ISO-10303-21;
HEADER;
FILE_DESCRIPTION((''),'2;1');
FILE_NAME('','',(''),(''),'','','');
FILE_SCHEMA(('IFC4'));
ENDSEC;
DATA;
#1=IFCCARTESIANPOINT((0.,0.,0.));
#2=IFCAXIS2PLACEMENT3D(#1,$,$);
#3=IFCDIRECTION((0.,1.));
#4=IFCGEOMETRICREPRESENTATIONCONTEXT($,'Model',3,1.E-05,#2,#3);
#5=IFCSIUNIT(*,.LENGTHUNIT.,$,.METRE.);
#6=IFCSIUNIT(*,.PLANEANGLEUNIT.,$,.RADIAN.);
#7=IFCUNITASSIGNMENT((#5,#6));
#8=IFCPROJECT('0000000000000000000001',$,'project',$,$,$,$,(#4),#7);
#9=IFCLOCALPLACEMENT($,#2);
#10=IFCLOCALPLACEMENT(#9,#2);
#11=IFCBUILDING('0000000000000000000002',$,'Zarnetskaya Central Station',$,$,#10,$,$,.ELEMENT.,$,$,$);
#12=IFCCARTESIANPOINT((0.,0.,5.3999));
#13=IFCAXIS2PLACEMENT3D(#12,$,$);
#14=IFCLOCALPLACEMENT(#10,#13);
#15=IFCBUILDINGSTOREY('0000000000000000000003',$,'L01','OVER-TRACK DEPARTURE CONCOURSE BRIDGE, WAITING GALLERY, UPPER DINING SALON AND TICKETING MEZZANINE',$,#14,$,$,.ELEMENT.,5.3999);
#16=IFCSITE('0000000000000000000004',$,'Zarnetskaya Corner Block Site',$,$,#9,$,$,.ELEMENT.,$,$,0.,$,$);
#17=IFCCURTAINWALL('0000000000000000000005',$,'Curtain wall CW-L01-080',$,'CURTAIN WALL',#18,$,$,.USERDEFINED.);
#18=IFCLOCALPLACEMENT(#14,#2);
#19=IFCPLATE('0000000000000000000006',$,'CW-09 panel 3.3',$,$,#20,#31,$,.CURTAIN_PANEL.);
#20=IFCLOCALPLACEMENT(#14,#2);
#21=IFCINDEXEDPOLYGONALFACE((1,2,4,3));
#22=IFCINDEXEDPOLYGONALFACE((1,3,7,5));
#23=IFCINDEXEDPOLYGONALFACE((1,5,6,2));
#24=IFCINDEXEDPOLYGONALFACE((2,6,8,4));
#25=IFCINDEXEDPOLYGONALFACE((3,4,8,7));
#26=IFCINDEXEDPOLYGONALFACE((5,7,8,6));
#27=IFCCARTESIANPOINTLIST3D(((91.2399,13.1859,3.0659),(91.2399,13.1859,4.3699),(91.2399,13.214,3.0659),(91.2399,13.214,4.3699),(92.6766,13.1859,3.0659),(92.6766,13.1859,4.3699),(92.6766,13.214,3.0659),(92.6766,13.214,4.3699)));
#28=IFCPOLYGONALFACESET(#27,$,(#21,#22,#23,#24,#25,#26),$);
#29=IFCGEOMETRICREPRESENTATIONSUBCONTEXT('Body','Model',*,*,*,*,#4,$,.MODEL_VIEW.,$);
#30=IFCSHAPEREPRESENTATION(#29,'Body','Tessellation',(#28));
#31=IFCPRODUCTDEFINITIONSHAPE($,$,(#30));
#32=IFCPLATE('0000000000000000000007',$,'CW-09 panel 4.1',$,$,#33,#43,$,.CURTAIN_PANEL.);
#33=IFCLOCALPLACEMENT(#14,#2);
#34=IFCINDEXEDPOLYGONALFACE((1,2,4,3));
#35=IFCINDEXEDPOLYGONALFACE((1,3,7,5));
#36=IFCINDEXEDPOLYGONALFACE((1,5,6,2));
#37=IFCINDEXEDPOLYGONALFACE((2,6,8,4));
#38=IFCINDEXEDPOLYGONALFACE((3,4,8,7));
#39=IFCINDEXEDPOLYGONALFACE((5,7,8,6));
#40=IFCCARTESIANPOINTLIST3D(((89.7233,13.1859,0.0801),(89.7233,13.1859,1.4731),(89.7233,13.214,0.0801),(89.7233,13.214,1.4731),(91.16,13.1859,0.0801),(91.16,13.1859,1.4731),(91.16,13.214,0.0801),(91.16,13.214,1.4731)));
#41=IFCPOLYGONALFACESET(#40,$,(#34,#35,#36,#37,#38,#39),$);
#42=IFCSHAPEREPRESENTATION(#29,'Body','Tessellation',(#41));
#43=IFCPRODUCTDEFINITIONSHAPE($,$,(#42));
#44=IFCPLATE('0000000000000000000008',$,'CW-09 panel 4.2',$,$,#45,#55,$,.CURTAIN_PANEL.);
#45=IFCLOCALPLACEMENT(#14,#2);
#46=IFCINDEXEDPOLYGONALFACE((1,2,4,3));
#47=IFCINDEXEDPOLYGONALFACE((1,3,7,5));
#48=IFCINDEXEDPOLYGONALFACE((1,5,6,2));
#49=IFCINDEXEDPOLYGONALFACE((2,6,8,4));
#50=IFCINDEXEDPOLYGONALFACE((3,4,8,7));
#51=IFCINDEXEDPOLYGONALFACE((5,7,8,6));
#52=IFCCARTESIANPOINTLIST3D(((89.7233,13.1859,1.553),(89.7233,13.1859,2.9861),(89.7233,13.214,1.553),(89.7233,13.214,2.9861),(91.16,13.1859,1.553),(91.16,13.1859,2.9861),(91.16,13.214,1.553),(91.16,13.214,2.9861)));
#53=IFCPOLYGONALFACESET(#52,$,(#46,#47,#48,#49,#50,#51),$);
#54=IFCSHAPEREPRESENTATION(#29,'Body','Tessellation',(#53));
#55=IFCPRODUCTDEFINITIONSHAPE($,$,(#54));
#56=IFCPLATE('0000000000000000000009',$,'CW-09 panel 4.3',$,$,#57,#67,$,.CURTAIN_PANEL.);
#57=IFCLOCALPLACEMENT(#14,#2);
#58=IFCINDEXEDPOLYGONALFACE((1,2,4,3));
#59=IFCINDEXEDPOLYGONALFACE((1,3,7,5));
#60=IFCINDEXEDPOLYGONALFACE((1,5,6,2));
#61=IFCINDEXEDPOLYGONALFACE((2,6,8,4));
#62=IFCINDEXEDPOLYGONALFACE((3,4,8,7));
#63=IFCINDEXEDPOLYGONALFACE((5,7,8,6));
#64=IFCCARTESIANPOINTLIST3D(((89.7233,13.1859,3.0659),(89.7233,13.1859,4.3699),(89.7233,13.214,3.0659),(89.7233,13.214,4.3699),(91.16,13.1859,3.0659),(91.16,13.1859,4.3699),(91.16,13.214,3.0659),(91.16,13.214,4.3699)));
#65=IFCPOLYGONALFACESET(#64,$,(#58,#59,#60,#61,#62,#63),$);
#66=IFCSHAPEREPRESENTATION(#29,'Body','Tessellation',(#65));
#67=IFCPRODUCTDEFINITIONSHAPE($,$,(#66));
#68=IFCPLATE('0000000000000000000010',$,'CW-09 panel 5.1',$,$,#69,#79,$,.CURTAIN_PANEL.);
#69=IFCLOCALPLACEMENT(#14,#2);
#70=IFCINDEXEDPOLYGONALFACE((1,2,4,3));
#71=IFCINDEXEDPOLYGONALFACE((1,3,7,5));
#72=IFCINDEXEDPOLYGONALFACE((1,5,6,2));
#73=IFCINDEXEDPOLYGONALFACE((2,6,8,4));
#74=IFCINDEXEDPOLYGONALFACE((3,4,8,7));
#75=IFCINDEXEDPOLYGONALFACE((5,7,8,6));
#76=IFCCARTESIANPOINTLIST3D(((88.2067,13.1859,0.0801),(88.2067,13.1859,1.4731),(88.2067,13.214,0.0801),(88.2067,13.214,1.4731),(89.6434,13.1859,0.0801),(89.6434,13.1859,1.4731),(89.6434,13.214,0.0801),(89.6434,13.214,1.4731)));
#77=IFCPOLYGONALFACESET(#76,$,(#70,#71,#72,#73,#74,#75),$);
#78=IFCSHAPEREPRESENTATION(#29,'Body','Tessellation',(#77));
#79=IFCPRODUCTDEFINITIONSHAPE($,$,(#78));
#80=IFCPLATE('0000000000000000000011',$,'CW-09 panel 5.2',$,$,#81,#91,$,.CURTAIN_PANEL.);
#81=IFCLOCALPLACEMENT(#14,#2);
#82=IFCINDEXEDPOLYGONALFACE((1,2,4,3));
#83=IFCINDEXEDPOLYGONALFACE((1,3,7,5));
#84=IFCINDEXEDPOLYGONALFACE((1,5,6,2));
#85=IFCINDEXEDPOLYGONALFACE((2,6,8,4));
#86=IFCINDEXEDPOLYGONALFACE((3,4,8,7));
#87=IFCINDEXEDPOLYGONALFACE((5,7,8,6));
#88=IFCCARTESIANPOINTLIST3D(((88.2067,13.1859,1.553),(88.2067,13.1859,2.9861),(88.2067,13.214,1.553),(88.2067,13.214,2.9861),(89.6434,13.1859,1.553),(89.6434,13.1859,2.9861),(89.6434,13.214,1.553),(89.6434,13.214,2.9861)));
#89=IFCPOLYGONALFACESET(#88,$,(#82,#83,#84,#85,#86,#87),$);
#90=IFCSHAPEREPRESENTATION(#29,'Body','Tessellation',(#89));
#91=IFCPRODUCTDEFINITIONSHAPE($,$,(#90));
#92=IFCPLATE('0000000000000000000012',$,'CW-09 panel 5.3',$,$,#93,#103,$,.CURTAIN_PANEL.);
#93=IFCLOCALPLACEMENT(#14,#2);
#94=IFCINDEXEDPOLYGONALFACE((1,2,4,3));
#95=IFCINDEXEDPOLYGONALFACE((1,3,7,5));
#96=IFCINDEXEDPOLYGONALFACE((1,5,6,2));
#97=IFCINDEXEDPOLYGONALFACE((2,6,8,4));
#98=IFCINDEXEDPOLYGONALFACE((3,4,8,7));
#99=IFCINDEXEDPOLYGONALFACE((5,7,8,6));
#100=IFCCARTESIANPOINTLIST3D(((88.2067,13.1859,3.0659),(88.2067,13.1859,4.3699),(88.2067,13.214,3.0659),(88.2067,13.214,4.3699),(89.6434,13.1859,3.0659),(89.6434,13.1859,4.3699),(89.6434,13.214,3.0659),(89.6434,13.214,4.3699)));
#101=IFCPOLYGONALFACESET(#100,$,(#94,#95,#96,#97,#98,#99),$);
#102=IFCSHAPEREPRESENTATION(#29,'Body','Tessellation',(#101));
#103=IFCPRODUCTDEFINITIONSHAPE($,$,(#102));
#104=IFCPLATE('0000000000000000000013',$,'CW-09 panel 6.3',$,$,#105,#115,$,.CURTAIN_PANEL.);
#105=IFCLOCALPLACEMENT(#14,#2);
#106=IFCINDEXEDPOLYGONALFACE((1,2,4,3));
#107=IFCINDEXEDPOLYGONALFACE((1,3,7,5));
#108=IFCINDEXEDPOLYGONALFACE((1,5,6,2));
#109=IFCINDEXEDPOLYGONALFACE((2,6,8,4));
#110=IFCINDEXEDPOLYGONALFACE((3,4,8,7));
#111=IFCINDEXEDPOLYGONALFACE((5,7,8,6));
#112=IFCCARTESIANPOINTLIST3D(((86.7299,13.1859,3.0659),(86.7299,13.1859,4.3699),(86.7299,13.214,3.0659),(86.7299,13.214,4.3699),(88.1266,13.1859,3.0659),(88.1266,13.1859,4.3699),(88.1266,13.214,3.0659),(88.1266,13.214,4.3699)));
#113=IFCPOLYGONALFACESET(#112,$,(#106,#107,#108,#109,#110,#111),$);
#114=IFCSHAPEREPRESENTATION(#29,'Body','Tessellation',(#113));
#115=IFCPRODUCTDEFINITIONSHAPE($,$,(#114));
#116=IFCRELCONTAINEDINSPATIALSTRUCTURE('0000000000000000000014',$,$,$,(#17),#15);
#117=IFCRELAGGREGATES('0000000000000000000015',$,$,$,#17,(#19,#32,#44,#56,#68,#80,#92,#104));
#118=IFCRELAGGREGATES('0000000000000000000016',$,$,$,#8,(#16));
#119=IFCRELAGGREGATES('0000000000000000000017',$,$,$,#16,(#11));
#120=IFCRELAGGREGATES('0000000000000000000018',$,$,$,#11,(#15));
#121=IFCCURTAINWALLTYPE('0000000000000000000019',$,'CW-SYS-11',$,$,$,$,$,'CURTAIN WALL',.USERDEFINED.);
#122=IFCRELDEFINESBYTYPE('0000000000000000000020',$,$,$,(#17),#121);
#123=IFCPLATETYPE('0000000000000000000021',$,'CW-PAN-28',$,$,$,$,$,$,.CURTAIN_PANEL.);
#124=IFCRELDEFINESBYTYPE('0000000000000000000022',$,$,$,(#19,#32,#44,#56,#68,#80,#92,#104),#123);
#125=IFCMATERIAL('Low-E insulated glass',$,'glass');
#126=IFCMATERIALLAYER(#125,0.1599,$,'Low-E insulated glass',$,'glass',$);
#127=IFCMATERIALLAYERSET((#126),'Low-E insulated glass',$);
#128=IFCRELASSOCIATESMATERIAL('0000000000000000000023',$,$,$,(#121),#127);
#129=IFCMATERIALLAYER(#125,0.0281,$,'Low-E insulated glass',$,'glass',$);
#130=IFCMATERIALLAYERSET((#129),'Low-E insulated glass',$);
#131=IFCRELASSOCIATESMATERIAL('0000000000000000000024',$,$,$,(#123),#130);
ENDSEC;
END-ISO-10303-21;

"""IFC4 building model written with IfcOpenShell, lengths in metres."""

from ifc_helpers import new_model, si_unit, direction, frame, origin, origin_2d, place, context, subcontext, project, spatial, rectangle, extrude, material, layer, layer_set, type_object, element, aggregate, save


model = new_model("IFC4")

# Units and contexts
model_context = context("Model", 3, precision=1e-05, world=origin(), true_north=direction((0.0, 1.0)))
body_context = subcontext(model_context, "Body", "Model", "MODEL_VIEW")
ifc_project = project(units=[si_unit("LENGTHUNIT", "METRE"), si_unit("PLANEANGLEUNIT", "RADIAN")], contexts=[model_context])

# Site, building, storey
site_placement = place(None, origin())
site = spatial("IfcSite", under=ifc_project, at=site_placement, Name="Zarnetskaya Corner Block Site", CompositionType="ELEMENT", RefElevation=0.0)
building_placement = place(site_placement, origin())
building = spatial("IfcBuilding", under=site, at=building_placement, Name="Zarnetskaya Central Station", CompositionType="ELEMENT")
storey_placement = place(building_placement, frame((0.0, 0.0, 5.3999)))
storey = spatial("IfcBuildingStorey", under=building, at=storey_placement, Name="L01", Description="OVER-TRACK DEPARTURE CONCOURSE BRIDGE, WAITING GALLERY, UPPER DINING SALON AND TICKETING MEZZANINE", CompositionType="ELEMENT", Elevation=5.3999)

# Curtain wall, plates
ifc_material_1 = material(Name="Low-E insulated glass", Category="glass")
ifc_layer_1 = layer(ifc_material_1, 0.1599, Name="Low-E insulated glass", Category="glass")
ifc_layer_set_1 = layer_set([ifc_layer_1], Name="Low-E insulated glass")
curtain_wall_type = type_object("IfcCurtainWallType", Name="CW-SYS-11", ElementType="CURTAIN WALL", PredefinedType="USERDEFINED", material=ifc_layer_set_1)
curtain_wall_placement = place(storey_placement, origin())
curtain_wall = element("IfcCurtainWall", 1, at=curtain_wall_placement, inside=storey, type_object=curtain_wall_type, Name="Curtain wall CW-L01-080", ObjectType="CURTAIN WALL", PredefinedType="USERDEFINED")
ifc_layer_2 = layer(ifc_material_1, 0.0281, Name="Low-E insulated glass", Category="glass")
ifc_layer_set_2 = layer_set([ifc_layer_2], Name="Low-E insulated glass")
plate_type = type_object("IfcPlateType", Name="CW-PAN-28", PredefinedType="CURTAIN_PANEL", material=ifc_layer_set_2)
plate_1_placement = place(storey_placement, frame((91.9583, 13.2, 3.0659), z_axis=(0.0, 0.0, 1.0), x_axis=(-1.0, 0.0, 0.0)))
plate_1 = element("IfcPlate", 2, at=plate_1_placement, type_object=plate_type, Name="CW-09 panel 3.3", PredefinedType="CURTAIN_PANEL", context=body_context, shape_type="SweptSolid", body=[
    extrude(rectangle(XDim=1.4368, YDim=0.0281, at=origin_2d()), origin(), (0.0, 0.0, 1.0), 1.304),
])
plate_2_placement = place(storey_placement, frame((90.4417, 13.2, 0.0801), z_axis=(0.0, 0.0, 1.0), x_axis=(-1.0, 0.0, 0.0)))
plate_2 = element("IfcPlate", 3, at=plate_2_placement, type_object=plate_type, Name="CW-09 panel 4.1", PredefinedType="CURTAIN_PANEL", context=body_context, shape_type="SweptSolid", body=[
    extrude(rectangle(XDim=1.4368, YDim=0.0281, at=origin_2d()), origin(), (0.0, 0.0, 1.0), 1.3931),
])
plate_3_placement = place(storey_placement, frame((90.4417, 13.2, 1.553), z_axis=(0.0, 0.0, 1.0), x_axis=(-1.0, 0.0, 0.0)))
plate_3 = element("IfcPlate", 4, at=plate_3_placement, type_object=plate_type, Name="CW-09 panel 4.2", PredefinedType="CURTAIN_PANEL", context=body_context, shape_type="SweptSolid", body=[
    extrude(rectangle(XDim=1.4368, YDim=0.0281, at=origin_2d()), origin(), (0.0, 0.0, 1.0), 1.4331),
])
plate_4_placement = place(storey_placement, frame((90.4417, 13.2, 3.0659), z_axis=(0.0, 0.0, 1.0), x_axis=(-1.0, 0.0, 0.0)))
plate_4 = element("IfcPlate", 5, at=plate_4_placement, type_object=plate_type, Name="CW-09 panel 4.3", PredefinedType="CURTAIN_PANEL", context=body_context, shape_type="SweptSolid", body=[
    extrude(rectangle(XDim=1.4368, YDim=0.0281, at=origin_2d()), origin(), (0.0, 0.0, 1.0), 1.304),
])
plate_5_placement = place(storey_placement, frame((88.925, 13.2, 0.0801), z_axis=(0.0, 0.0, 1.0), x_axis=(-1.0, 0.0, 0.0)))
plate_5 = element("IfcPlate", 6, at=plate_5_placement, type_object=plate_type, Name="CW-09 panel 5.1", PredefinedType="CURTAIN_PANEL", context=body_context, shape_type="SweptSolid", body=[
    extrude(rectangle(XDim=1.4368, YDim=0.0281, at=origin_2d()), origin(), (0.0, 0.0, 1.0), 1.3931),
])
plate_6_placement = place(storey_placement, frame((88.925, 13.2, 1.553), z_axis=(0.0, 0.0, 1.0), x_axis=(-1.0, 0.0, 0.0)))
plate_6 = element("IfcPlate", 7, at=plate_6_placement, type_object=plate_type, Name="CW-09 panel 5.2", PredefinedType="CURTAIN_PANEL", context=body_context, shape_type="SweptSolid", body=[
    extrude(rectangle(XDim=1.4368, YDim=0.0281, at=origin_2d()), origin(), (0.0, 0.0, 1.0), 1.4331),
])
plate_7_placement = place(storey_placement, frame((88.925, 13.2, 3.0659), z_axis=(0.0, 0.0, 1.0), x_axis=(-1.0, 0.0, 0.0)))
plate_7 = element("IfcPlate", 8, at=plate_7_placement, type_object=plate_type, Name="CW-09 panel 5.3", PredefinedType="CURTAIN_PANEL", context=body_context, shape_type="SweptSolid", body=[
    extrude(rectangle(XDim=1.4368, YDim=0.0281, at=origin_2d()), origin(), (0.0, 0.0, 1.0), 1.304),
])
plate_8_placement = place(storey_placement, frame((87.4282, 13.2, 3.0659), z_axis=(0.0, 0.0, 1.0), x_axis=(-1.0, 0.0, 0.0)))
plate_8 = element("IfcPlate", 9, at=plate_8_placement, type_object=plate_type, Name="CW-09 panel 6.3", PredefinedType="CURTAIN_PANEL", context=body_context, shape_type="SweptSolid", body=[
    extrude(rectangle(XDim=1.3967, YDim=0.0281, at=origin_2d()), origin(), (0.0, 0.0, 1.0), 1.304),
])
aggregate(curtain_wall, [plate_1, plate_2, plate_3, plate_4, plate_5, plate_6, plate_7, plate_8])

save(model, "model.ifc")
